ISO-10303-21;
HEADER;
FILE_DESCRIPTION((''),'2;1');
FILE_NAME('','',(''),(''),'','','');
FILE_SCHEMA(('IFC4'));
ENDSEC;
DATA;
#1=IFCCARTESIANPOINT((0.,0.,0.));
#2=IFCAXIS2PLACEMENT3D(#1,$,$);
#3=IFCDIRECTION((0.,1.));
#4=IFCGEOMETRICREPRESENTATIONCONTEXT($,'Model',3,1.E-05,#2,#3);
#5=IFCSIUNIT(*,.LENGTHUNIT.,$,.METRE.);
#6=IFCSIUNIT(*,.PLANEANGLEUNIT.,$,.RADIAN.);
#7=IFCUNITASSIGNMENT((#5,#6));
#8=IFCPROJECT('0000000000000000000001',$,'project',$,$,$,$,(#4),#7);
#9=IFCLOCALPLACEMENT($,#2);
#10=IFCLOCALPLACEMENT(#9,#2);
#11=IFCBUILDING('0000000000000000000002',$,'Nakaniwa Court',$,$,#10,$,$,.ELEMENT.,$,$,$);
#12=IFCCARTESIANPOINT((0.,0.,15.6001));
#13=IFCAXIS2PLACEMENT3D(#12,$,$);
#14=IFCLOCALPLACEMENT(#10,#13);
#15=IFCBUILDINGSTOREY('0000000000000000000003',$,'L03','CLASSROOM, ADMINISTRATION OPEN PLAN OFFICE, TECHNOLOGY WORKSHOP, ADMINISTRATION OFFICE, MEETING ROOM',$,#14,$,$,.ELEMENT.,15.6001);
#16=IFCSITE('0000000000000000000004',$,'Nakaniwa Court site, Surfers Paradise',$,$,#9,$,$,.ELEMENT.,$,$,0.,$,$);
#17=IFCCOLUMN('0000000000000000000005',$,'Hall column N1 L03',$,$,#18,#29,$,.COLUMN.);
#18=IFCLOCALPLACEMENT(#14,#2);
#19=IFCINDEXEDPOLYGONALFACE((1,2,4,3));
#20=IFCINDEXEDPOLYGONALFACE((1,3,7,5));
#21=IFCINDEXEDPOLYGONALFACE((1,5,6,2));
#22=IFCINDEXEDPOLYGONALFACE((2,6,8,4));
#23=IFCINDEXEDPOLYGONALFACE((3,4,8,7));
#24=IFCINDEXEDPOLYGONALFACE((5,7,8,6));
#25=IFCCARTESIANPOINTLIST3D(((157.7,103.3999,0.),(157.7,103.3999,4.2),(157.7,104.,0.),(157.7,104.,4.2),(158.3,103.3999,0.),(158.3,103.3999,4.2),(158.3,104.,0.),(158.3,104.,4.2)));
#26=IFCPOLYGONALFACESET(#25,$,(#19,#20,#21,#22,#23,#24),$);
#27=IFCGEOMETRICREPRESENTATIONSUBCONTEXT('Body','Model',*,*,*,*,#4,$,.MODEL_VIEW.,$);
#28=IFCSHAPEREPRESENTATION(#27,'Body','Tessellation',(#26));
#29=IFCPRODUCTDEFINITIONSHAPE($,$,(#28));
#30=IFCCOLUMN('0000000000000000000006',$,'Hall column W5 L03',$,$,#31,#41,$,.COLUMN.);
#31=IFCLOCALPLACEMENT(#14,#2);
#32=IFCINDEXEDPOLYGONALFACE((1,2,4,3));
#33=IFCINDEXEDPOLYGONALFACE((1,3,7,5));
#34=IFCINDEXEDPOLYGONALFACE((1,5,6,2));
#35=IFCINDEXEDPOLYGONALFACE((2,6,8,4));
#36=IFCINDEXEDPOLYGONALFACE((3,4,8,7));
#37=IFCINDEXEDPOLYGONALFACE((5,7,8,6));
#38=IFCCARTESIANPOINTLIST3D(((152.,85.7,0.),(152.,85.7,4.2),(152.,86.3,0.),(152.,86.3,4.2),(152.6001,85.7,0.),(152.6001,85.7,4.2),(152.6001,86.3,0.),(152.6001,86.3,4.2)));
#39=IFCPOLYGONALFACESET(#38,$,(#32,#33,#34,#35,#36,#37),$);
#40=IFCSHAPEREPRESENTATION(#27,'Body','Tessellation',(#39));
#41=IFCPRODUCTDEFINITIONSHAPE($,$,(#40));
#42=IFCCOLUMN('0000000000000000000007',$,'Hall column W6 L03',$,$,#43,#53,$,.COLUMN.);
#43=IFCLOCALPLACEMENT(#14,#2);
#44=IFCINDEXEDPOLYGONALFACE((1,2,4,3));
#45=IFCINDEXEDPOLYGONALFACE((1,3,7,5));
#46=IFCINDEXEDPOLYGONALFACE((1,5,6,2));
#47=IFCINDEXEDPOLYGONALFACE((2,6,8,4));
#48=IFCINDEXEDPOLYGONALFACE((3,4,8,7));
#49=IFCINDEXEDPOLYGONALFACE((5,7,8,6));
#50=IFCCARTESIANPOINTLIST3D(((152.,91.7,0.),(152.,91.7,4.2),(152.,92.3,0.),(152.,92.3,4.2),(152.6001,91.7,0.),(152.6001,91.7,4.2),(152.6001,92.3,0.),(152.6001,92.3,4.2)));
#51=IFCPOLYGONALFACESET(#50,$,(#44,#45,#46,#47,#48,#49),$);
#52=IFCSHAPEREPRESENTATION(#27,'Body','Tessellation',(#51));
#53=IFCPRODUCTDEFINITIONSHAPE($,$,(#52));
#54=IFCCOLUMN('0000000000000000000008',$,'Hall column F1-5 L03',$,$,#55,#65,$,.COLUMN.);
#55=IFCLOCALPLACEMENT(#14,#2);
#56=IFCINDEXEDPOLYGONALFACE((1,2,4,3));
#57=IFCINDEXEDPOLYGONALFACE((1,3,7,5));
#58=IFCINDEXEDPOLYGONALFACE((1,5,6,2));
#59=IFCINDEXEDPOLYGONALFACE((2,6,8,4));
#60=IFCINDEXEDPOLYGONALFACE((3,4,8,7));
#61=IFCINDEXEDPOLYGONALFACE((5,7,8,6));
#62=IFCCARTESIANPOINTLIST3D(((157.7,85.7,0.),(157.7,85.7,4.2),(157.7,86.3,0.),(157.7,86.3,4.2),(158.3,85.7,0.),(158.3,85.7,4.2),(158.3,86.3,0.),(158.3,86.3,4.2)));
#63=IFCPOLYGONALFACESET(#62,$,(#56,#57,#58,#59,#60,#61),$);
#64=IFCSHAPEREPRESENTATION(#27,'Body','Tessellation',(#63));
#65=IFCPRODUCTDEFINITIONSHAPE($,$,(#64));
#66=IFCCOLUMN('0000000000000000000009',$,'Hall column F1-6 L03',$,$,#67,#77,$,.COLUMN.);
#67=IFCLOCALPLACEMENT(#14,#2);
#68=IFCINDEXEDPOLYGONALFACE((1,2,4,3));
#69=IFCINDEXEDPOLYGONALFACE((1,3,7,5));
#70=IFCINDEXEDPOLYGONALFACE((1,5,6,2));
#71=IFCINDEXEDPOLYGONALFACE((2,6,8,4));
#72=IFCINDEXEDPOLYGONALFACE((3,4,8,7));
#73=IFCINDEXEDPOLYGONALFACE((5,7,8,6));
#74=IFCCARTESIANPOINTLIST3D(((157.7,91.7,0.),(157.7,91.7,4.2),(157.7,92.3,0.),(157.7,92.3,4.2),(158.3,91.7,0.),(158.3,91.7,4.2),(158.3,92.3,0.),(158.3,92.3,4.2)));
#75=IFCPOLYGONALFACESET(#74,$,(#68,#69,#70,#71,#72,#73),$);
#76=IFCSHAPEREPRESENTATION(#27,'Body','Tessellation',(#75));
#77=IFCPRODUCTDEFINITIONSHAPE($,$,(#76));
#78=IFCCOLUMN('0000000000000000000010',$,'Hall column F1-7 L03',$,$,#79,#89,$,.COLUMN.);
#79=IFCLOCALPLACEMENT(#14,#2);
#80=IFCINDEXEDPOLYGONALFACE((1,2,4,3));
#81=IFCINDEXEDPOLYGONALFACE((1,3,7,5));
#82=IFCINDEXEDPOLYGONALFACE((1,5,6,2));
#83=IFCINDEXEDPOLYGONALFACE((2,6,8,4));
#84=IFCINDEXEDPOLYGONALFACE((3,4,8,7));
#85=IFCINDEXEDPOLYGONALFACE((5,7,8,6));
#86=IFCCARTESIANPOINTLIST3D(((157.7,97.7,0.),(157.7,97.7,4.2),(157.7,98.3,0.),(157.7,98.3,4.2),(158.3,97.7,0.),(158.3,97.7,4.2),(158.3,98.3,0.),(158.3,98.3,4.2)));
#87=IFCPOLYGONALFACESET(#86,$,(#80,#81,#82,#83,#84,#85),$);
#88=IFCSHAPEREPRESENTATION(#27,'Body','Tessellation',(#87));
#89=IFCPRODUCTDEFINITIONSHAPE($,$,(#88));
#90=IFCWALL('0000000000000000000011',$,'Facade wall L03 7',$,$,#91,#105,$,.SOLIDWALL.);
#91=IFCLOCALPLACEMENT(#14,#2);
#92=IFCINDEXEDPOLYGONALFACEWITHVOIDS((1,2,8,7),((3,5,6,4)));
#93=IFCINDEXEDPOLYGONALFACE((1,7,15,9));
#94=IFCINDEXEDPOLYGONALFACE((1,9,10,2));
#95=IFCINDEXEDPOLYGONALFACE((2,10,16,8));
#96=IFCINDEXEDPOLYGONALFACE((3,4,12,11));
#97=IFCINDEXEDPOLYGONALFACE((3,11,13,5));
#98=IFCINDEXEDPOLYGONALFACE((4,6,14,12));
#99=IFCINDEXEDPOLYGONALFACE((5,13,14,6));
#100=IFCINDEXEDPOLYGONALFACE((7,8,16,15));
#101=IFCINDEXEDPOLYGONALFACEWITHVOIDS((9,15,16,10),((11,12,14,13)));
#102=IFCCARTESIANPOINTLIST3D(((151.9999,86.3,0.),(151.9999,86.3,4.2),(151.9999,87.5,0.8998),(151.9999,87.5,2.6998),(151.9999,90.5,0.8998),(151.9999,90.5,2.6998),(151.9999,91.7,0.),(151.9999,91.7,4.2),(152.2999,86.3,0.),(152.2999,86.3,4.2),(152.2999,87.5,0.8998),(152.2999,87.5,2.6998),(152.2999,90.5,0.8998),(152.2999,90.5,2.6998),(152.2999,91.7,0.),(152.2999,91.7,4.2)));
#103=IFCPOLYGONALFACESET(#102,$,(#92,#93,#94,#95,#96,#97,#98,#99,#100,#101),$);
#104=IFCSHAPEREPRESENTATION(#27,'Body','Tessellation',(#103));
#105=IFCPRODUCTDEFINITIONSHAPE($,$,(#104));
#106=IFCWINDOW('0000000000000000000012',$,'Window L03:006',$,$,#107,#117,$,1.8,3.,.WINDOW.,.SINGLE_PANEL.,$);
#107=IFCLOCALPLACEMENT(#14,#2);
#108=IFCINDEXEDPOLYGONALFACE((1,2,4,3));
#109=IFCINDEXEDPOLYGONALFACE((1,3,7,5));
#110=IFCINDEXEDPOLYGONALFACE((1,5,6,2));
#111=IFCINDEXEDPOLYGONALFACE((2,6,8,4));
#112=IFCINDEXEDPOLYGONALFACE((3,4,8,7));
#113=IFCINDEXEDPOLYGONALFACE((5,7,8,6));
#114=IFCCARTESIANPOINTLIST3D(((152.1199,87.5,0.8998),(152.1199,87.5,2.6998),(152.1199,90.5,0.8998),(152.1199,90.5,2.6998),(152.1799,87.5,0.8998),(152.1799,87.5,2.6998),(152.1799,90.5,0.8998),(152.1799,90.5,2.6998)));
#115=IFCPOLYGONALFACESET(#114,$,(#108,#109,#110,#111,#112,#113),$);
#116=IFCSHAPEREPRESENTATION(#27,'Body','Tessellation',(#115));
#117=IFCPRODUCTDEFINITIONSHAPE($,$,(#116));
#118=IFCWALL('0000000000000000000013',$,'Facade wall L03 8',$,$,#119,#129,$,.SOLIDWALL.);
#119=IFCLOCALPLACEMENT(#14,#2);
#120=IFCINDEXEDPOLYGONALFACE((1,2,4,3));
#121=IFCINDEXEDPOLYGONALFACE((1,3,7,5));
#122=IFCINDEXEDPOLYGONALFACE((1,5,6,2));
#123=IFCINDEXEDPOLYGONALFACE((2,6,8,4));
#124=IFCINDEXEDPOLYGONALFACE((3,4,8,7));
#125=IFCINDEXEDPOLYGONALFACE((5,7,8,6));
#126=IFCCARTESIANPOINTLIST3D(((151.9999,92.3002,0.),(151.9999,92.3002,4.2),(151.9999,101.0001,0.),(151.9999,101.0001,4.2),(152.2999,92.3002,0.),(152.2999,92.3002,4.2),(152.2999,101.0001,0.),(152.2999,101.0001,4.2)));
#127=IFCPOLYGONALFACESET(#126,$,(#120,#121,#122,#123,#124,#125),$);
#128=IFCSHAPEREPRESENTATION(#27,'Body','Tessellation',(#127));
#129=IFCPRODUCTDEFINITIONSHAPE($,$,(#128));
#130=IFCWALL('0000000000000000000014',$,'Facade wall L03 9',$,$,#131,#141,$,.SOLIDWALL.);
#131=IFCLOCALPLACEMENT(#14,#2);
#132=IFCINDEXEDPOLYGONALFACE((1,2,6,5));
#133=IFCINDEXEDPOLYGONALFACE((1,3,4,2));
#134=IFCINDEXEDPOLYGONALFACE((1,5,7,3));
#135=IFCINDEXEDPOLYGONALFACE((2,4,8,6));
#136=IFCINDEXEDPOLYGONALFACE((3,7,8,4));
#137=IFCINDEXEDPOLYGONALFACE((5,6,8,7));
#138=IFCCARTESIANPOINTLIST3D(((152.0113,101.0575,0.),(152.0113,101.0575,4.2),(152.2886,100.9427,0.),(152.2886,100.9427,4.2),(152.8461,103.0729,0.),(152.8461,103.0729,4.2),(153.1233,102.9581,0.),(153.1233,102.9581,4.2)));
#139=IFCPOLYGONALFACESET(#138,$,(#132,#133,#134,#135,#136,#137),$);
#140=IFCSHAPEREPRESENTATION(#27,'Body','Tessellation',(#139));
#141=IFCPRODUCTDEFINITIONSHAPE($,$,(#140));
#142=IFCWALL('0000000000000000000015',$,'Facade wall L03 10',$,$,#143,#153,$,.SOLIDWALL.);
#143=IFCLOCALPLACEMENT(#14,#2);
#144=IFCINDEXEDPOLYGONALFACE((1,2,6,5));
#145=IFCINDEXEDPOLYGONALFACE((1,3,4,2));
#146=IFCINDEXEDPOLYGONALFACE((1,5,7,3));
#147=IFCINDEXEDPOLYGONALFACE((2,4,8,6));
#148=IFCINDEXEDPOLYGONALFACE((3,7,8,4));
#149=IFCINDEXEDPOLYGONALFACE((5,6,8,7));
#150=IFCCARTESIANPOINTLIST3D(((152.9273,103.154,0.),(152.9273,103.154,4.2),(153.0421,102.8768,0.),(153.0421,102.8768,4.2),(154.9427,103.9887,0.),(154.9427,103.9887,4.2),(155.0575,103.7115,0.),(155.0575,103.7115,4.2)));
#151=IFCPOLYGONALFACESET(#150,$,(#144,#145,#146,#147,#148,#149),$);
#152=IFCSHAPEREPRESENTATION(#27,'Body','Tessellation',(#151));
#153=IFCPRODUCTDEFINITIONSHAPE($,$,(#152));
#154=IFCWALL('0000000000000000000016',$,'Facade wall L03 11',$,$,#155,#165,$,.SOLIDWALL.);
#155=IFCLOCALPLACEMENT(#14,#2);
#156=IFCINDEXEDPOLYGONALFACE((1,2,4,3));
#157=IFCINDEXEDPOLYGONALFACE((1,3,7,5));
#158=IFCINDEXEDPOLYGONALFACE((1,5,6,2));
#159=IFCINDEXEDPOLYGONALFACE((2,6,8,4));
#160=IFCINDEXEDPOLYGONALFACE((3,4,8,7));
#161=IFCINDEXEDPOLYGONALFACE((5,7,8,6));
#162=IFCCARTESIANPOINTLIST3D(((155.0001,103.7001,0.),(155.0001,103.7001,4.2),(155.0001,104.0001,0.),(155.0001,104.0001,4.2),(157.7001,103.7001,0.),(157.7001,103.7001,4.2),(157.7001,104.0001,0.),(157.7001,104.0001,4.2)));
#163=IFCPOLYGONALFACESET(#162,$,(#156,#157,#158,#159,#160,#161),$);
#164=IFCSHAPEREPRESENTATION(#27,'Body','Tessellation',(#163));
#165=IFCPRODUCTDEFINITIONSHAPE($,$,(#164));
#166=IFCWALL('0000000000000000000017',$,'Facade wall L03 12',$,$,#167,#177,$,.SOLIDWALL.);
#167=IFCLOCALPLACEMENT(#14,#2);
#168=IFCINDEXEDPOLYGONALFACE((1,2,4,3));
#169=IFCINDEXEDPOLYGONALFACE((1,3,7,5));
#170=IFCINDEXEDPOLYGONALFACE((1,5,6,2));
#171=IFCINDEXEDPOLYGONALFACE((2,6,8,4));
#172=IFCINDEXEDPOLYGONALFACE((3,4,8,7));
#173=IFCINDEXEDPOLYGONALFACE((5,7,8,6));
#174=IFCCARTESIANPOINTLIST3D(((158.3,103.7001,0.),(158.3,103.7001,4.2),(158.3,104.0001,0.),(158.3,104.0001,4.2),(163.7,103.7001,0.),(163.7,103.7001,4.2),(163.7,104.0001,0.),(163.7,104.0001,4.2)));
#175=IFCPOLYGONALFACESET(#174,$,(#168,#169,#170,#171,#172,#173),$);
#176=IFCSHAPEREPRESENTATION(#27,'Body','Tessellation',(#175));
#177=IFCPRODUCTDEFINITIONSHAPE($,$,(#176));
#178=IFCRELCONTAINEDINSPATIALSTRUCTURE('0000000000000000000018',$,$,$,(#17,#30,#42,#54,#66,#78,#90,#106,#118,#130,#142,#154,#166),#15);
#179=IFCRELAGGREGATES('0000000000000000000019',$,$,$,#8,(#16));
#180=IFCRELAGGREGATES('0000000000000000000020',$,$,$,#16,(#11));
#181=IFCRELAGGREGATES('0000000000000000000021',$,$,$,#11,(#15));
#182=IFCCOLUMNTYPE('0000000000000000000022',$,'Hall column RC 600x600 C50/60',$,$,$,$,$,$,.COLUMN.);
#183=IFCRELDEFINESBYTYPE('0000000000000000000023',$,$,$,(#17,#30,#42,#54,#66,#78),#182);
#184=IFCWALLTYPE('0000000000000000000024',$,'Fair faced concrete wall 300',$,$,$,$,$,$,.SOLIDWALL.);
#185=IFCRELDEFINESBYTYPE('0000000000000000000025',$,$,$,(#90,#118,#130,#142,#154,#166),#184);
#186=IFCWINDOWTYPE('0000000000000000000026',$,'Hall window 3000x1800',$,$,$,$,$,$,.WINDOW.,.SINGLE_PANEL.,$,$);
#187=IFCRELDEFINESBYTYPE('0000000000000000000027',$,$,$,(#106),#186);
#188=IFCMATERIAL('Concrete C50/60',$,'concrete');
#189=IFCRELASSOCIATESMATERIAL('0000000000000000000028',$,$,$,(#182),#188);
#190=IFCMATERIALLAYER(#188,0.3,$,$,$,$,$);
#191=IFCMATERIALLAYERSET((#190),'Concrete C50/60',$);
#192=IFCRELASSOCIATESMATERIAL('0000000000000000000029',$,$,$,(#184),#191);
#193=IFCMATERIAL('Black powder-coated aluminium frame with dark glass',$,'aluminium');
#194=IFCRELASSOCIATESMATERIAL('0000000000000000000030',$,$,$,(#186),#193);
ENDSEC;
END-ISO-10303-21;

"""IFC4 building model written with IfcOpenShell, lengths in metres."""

from ifc_helpers import new_model, si_unit, direction, frame, frame_2d, origin, origin_2d, place, context, subcontext, project, spatial, rectangle, extrude, material, layer, layer_set, material_profile, profile_set, type_object, element, fill, save


model = new_model("IFC4")

# Units and contexts
model_context = context("Model", 3, precision=1e-05, world=origin(), true_north=direction((0.0, 1.0)))
body_context = subcontext(model_context, "Body", "Model", "MODEL_VIEW")
ifc_project = project(units=[si_unit("LENGTHUNIT", "METRE"), si_unit("PLANEANGLEUNIT", "RADIAN")], contexts=[model_context])

# Site, building, storey
site_placement = place(None, origin())
site = spatial("IfcSite", under=ifc_project, at=site_placement, Name="Nakaniwa Court site, Surfers Paradise", CompositionType="ELEMENT", RefElevation=0.0)
building_placement = place(site_placement, origin())
building = spatial("IfcBuilding", under=site, at=building_placement, Name="Nakaniwa Court", CompositionType="ELEMENT")
storey_placement = place(building_placement, frame((0.0, 0.0, 15.6001)))
storey = spatial("IfcBuildingStorey", under=building, at=storey_placement, Name="L03", Description="CLASSROOM, ADMINISTRATION OPEN PLAN OFFICE, TECHNOLOGY WORKSHOP, ADMINISTRATION OFFICE, MEETING ROOM", CompositionType="ELEMENT", Elevation=15.6001)

# Columns
ifc_material_1 = material(Name="Concrete C50/60", Category="concrete")
ifc_material_profile = material_profile(ifc_material_1, rectangle(XDim=0.6001, YDim=0.6001, at=origin_2d()), Name="RC 600x600")
ifc_profile_set = profile_set([ifc_material_profile], Name="Concrete C50/60")
column_type = type_object("IfcColumnType", Name="Hall column RC 600x600 C50/60", PredefinedType="COLUMN", material=ifc_profile_set)
for number, where, z_axis, x_axis, name in (
    (1, (158.0, 103.7, 0.0), (0.0, 0.0, 1.0), (1.0, 0.0, 0.0), "Hall column N1 L03"),
    (2, (152.3, 86.0, 0.0), (0.0, 0.0, 1.0), (1.0, 0.0, 0.0), "Hall column W5 L03"),
    (3, (152.3, 92.0, 0.0), (0.0, 0.0, 1.0), (1.0, 0.0, 0.0), "Hall column W6 L03"),
    (4, (158.0, 86.0, 0.0), (0.0, 0.0, 1.0), (1.0, 0.0, 0.0), "Hall column F1-5 L03"),
    (5, (158.0, 92.0, 0.0), (0.0, 0.0, 1.0), (1.0, 0.0, 0.0), "Hall column F1-6 L03"),
    (6, (158.0, 98.0, 0.0), (0.0, 0.0, 1.0), (1.0, 0.0, 0.0), "Hall column F1-7 L03"),
):
    element("IfcColumn", number, at=place(storey_placement, frame(where, z_axis=z_axis, x_axis=x_axis)), inside=storey, type_object=column_type, Name=name, PredefinedType="COLUMN", context=body_context, shape_type="SweptSolid", body=[
        extrude(rectangle(XDim=0.6001, YDim=0.6001, at=origin_2d()), origin(), (0.0, 0.0, 1.0), 4.2),
    ])

# Wall, opening, window
ifc_layer_1 = layer(ifc_material_1, 0.3)
ifc_layer_set_1 = layer_set([ifc_layer_1], Name="Concrete C50/60")
wall_type_1 = type_object("IfcWallType", Name="Fair faced concrete wall 300", PredefinedType="SOLIDWALL", material=ifc_layer_set_1)
wall_1_placement = place(storey_placement, frame((152.1499, 86.3, 0.0), z_axis=(0.0, 0.0, 1.0), x_axis=(0.0, 1.0, 0.0)))
wall_1 = element("IfcWall", 7, at=wall_1_placement, inside=storey, type_object=wall_type_1, Name="Facade wall L03 7", PredefinedType="SOLIDWALL", context=body_context, shape_type="SweptSolid", body=[
    extrude(rectangle(XDim=5.3999, YDim=0.3, at=frame_2d((2.7, 0.0))), origin(), (0.0, 0.0, 1.0), 4.2),
])
opening_1_placement = place(wall_1_placement, frame((1.2, 0.0, 0.8999)))
opening_1 = element("IfcOpeningElement", 8, at=opening_1_placement, cuts=wall_1, PredefinedType="OPENING", context=body_context, shape_type="SweptSolid", body=[
    extrude(rectangle(XDim=3.0, YDim=1.8, at=frame_2d((1.5, 0.8999))), frame((0.0, 0.1599, 0.0), z_axis=(0.0, -1.0, 0.0), x_axis=(1.0, 0.0, 0.0)), (0.0, 0.0, 1.0), 0.3201),
])
ifc_material_2 = material(Name="Black powder-coated aluminium frame with dark glass", Category="aluminium")
window_type = type_object("IfcWindowType", Name="Hall window 3000x1800", PartitioningType="SINGLE_PANEL", PredefinedType="WINDOW", material=ifc_material_2)
window_placement = place(opening_1_placement, origin())
window = element("IfcWindow", 9, at=window_placement, inside=storey, type_object=window_type, Name="Window L03:006", OverallHeight=1.8, OverallWidth=3.0, PartitioningType="SINGLE_PANEL", PredefinedType="WINDOW", context=body_context, shape_type="SweptSolid", body=[
    extrude(rectangle(XDim=3.0, YDim=1.8, at=frame_2d((1.5, 0.8999))), frame((0.0, 0.03, 0.0), z_axis=(0.0, -1.0, 0.0), x_axis=(1.0, 0.0, 0.0)), (0.0, 0.0, 1.0), 0.0601),
])
fill(opening_1, window)

# Walls
wall_2_placement = place(storey_placement, frame((152.1499, 92.3, 0.0), z_axis=(0.0, 0.0, 1.0), x_axis=(0.0, 1.0, 0.0)))
element("IfcWall", 10, at=wall_2_placement, inside=storey, type_object=wall_type_1, Name="Facade wall L03 8", PredefinedType="SOLIDWALL", context=body_context, shape_type="SweptSolid", body=[
    extrude(rectangle(XDim=8.7, YDim=0.3, at=frame_2d((4.3501, 0.0))), origin(), (0.0, 0.0, 1.0), 4.2),
])
for number, where, z_axis, x_axis, name in (
    (11, (152.1499, 101.0, 0.0), (0.0, 0.0, 1.0), (0.382652, 0.923893, 0.0), "Facade wall L03 9"),
    (12, (152.9846, 103.0154, 0.0), (0.0, 0.0, 1.0), (0.923893, 0.382652, 0.0), "Facade wall L03 10"),
):
    element("IfcWall", number, at=place(storey_placement, frame(where, z_axis=z_axis, x_axis=x_axis)), inside=storey, type_object=wall_type_1, Name=name, PredefinedType="SOLIDWALL", context=body_context, shape_type="SweptSolid", body=[
        extrude(rectangle(XDim=2.1814, YDim=0.3, at=frame_2d((1.0908, 0.0))), origin(), (0.0, 0.0, 1.0), 4.2),
    ])
wall_3_placement = place(storey_placement, frame((155.0, 103.8501, 0.0), z_axis=(0.0, 0.0, 1.0), x_axis=(1.0, 0.0, 0.0)))
element("IfcWall", 13, at=wall_3_placement, inside=storey, type_object=wall_type_1, Name="Facade wall L03 11", PredefinedType="SOLIDWALL", context=body_context, shape_type="SweptSolid", body=[
    extrude(rectangle(XDim=2.7, YDim=0.3, at=frame_2d((1.3501, 0.0))), origin(), (0.0, 0.0, 1.0), 4.2),
])
wall_4_placement = place(storey_placement, frame((158.3, 103.8501, 0.0), z_axis=(0.0, 0.0, 1.0), x_axis=(1.0, 0.0, 0.0)))
element("IfcWall", 14, at=wall_4_placement, inside=storey, type_object=wall_type_1, Name="Facade wall L03 12", PredefinedType="SOLIDWALL", context=body_context, shape_type="SweptSolid", body=[
    extrude(rectangle(XDim=5.3999, YDim=0.3, at=frame_2d((2.7, 0.0))), origin(), (0.0, 0.0, 1.0), 4.2),
])

save(model, "model.ifc")
